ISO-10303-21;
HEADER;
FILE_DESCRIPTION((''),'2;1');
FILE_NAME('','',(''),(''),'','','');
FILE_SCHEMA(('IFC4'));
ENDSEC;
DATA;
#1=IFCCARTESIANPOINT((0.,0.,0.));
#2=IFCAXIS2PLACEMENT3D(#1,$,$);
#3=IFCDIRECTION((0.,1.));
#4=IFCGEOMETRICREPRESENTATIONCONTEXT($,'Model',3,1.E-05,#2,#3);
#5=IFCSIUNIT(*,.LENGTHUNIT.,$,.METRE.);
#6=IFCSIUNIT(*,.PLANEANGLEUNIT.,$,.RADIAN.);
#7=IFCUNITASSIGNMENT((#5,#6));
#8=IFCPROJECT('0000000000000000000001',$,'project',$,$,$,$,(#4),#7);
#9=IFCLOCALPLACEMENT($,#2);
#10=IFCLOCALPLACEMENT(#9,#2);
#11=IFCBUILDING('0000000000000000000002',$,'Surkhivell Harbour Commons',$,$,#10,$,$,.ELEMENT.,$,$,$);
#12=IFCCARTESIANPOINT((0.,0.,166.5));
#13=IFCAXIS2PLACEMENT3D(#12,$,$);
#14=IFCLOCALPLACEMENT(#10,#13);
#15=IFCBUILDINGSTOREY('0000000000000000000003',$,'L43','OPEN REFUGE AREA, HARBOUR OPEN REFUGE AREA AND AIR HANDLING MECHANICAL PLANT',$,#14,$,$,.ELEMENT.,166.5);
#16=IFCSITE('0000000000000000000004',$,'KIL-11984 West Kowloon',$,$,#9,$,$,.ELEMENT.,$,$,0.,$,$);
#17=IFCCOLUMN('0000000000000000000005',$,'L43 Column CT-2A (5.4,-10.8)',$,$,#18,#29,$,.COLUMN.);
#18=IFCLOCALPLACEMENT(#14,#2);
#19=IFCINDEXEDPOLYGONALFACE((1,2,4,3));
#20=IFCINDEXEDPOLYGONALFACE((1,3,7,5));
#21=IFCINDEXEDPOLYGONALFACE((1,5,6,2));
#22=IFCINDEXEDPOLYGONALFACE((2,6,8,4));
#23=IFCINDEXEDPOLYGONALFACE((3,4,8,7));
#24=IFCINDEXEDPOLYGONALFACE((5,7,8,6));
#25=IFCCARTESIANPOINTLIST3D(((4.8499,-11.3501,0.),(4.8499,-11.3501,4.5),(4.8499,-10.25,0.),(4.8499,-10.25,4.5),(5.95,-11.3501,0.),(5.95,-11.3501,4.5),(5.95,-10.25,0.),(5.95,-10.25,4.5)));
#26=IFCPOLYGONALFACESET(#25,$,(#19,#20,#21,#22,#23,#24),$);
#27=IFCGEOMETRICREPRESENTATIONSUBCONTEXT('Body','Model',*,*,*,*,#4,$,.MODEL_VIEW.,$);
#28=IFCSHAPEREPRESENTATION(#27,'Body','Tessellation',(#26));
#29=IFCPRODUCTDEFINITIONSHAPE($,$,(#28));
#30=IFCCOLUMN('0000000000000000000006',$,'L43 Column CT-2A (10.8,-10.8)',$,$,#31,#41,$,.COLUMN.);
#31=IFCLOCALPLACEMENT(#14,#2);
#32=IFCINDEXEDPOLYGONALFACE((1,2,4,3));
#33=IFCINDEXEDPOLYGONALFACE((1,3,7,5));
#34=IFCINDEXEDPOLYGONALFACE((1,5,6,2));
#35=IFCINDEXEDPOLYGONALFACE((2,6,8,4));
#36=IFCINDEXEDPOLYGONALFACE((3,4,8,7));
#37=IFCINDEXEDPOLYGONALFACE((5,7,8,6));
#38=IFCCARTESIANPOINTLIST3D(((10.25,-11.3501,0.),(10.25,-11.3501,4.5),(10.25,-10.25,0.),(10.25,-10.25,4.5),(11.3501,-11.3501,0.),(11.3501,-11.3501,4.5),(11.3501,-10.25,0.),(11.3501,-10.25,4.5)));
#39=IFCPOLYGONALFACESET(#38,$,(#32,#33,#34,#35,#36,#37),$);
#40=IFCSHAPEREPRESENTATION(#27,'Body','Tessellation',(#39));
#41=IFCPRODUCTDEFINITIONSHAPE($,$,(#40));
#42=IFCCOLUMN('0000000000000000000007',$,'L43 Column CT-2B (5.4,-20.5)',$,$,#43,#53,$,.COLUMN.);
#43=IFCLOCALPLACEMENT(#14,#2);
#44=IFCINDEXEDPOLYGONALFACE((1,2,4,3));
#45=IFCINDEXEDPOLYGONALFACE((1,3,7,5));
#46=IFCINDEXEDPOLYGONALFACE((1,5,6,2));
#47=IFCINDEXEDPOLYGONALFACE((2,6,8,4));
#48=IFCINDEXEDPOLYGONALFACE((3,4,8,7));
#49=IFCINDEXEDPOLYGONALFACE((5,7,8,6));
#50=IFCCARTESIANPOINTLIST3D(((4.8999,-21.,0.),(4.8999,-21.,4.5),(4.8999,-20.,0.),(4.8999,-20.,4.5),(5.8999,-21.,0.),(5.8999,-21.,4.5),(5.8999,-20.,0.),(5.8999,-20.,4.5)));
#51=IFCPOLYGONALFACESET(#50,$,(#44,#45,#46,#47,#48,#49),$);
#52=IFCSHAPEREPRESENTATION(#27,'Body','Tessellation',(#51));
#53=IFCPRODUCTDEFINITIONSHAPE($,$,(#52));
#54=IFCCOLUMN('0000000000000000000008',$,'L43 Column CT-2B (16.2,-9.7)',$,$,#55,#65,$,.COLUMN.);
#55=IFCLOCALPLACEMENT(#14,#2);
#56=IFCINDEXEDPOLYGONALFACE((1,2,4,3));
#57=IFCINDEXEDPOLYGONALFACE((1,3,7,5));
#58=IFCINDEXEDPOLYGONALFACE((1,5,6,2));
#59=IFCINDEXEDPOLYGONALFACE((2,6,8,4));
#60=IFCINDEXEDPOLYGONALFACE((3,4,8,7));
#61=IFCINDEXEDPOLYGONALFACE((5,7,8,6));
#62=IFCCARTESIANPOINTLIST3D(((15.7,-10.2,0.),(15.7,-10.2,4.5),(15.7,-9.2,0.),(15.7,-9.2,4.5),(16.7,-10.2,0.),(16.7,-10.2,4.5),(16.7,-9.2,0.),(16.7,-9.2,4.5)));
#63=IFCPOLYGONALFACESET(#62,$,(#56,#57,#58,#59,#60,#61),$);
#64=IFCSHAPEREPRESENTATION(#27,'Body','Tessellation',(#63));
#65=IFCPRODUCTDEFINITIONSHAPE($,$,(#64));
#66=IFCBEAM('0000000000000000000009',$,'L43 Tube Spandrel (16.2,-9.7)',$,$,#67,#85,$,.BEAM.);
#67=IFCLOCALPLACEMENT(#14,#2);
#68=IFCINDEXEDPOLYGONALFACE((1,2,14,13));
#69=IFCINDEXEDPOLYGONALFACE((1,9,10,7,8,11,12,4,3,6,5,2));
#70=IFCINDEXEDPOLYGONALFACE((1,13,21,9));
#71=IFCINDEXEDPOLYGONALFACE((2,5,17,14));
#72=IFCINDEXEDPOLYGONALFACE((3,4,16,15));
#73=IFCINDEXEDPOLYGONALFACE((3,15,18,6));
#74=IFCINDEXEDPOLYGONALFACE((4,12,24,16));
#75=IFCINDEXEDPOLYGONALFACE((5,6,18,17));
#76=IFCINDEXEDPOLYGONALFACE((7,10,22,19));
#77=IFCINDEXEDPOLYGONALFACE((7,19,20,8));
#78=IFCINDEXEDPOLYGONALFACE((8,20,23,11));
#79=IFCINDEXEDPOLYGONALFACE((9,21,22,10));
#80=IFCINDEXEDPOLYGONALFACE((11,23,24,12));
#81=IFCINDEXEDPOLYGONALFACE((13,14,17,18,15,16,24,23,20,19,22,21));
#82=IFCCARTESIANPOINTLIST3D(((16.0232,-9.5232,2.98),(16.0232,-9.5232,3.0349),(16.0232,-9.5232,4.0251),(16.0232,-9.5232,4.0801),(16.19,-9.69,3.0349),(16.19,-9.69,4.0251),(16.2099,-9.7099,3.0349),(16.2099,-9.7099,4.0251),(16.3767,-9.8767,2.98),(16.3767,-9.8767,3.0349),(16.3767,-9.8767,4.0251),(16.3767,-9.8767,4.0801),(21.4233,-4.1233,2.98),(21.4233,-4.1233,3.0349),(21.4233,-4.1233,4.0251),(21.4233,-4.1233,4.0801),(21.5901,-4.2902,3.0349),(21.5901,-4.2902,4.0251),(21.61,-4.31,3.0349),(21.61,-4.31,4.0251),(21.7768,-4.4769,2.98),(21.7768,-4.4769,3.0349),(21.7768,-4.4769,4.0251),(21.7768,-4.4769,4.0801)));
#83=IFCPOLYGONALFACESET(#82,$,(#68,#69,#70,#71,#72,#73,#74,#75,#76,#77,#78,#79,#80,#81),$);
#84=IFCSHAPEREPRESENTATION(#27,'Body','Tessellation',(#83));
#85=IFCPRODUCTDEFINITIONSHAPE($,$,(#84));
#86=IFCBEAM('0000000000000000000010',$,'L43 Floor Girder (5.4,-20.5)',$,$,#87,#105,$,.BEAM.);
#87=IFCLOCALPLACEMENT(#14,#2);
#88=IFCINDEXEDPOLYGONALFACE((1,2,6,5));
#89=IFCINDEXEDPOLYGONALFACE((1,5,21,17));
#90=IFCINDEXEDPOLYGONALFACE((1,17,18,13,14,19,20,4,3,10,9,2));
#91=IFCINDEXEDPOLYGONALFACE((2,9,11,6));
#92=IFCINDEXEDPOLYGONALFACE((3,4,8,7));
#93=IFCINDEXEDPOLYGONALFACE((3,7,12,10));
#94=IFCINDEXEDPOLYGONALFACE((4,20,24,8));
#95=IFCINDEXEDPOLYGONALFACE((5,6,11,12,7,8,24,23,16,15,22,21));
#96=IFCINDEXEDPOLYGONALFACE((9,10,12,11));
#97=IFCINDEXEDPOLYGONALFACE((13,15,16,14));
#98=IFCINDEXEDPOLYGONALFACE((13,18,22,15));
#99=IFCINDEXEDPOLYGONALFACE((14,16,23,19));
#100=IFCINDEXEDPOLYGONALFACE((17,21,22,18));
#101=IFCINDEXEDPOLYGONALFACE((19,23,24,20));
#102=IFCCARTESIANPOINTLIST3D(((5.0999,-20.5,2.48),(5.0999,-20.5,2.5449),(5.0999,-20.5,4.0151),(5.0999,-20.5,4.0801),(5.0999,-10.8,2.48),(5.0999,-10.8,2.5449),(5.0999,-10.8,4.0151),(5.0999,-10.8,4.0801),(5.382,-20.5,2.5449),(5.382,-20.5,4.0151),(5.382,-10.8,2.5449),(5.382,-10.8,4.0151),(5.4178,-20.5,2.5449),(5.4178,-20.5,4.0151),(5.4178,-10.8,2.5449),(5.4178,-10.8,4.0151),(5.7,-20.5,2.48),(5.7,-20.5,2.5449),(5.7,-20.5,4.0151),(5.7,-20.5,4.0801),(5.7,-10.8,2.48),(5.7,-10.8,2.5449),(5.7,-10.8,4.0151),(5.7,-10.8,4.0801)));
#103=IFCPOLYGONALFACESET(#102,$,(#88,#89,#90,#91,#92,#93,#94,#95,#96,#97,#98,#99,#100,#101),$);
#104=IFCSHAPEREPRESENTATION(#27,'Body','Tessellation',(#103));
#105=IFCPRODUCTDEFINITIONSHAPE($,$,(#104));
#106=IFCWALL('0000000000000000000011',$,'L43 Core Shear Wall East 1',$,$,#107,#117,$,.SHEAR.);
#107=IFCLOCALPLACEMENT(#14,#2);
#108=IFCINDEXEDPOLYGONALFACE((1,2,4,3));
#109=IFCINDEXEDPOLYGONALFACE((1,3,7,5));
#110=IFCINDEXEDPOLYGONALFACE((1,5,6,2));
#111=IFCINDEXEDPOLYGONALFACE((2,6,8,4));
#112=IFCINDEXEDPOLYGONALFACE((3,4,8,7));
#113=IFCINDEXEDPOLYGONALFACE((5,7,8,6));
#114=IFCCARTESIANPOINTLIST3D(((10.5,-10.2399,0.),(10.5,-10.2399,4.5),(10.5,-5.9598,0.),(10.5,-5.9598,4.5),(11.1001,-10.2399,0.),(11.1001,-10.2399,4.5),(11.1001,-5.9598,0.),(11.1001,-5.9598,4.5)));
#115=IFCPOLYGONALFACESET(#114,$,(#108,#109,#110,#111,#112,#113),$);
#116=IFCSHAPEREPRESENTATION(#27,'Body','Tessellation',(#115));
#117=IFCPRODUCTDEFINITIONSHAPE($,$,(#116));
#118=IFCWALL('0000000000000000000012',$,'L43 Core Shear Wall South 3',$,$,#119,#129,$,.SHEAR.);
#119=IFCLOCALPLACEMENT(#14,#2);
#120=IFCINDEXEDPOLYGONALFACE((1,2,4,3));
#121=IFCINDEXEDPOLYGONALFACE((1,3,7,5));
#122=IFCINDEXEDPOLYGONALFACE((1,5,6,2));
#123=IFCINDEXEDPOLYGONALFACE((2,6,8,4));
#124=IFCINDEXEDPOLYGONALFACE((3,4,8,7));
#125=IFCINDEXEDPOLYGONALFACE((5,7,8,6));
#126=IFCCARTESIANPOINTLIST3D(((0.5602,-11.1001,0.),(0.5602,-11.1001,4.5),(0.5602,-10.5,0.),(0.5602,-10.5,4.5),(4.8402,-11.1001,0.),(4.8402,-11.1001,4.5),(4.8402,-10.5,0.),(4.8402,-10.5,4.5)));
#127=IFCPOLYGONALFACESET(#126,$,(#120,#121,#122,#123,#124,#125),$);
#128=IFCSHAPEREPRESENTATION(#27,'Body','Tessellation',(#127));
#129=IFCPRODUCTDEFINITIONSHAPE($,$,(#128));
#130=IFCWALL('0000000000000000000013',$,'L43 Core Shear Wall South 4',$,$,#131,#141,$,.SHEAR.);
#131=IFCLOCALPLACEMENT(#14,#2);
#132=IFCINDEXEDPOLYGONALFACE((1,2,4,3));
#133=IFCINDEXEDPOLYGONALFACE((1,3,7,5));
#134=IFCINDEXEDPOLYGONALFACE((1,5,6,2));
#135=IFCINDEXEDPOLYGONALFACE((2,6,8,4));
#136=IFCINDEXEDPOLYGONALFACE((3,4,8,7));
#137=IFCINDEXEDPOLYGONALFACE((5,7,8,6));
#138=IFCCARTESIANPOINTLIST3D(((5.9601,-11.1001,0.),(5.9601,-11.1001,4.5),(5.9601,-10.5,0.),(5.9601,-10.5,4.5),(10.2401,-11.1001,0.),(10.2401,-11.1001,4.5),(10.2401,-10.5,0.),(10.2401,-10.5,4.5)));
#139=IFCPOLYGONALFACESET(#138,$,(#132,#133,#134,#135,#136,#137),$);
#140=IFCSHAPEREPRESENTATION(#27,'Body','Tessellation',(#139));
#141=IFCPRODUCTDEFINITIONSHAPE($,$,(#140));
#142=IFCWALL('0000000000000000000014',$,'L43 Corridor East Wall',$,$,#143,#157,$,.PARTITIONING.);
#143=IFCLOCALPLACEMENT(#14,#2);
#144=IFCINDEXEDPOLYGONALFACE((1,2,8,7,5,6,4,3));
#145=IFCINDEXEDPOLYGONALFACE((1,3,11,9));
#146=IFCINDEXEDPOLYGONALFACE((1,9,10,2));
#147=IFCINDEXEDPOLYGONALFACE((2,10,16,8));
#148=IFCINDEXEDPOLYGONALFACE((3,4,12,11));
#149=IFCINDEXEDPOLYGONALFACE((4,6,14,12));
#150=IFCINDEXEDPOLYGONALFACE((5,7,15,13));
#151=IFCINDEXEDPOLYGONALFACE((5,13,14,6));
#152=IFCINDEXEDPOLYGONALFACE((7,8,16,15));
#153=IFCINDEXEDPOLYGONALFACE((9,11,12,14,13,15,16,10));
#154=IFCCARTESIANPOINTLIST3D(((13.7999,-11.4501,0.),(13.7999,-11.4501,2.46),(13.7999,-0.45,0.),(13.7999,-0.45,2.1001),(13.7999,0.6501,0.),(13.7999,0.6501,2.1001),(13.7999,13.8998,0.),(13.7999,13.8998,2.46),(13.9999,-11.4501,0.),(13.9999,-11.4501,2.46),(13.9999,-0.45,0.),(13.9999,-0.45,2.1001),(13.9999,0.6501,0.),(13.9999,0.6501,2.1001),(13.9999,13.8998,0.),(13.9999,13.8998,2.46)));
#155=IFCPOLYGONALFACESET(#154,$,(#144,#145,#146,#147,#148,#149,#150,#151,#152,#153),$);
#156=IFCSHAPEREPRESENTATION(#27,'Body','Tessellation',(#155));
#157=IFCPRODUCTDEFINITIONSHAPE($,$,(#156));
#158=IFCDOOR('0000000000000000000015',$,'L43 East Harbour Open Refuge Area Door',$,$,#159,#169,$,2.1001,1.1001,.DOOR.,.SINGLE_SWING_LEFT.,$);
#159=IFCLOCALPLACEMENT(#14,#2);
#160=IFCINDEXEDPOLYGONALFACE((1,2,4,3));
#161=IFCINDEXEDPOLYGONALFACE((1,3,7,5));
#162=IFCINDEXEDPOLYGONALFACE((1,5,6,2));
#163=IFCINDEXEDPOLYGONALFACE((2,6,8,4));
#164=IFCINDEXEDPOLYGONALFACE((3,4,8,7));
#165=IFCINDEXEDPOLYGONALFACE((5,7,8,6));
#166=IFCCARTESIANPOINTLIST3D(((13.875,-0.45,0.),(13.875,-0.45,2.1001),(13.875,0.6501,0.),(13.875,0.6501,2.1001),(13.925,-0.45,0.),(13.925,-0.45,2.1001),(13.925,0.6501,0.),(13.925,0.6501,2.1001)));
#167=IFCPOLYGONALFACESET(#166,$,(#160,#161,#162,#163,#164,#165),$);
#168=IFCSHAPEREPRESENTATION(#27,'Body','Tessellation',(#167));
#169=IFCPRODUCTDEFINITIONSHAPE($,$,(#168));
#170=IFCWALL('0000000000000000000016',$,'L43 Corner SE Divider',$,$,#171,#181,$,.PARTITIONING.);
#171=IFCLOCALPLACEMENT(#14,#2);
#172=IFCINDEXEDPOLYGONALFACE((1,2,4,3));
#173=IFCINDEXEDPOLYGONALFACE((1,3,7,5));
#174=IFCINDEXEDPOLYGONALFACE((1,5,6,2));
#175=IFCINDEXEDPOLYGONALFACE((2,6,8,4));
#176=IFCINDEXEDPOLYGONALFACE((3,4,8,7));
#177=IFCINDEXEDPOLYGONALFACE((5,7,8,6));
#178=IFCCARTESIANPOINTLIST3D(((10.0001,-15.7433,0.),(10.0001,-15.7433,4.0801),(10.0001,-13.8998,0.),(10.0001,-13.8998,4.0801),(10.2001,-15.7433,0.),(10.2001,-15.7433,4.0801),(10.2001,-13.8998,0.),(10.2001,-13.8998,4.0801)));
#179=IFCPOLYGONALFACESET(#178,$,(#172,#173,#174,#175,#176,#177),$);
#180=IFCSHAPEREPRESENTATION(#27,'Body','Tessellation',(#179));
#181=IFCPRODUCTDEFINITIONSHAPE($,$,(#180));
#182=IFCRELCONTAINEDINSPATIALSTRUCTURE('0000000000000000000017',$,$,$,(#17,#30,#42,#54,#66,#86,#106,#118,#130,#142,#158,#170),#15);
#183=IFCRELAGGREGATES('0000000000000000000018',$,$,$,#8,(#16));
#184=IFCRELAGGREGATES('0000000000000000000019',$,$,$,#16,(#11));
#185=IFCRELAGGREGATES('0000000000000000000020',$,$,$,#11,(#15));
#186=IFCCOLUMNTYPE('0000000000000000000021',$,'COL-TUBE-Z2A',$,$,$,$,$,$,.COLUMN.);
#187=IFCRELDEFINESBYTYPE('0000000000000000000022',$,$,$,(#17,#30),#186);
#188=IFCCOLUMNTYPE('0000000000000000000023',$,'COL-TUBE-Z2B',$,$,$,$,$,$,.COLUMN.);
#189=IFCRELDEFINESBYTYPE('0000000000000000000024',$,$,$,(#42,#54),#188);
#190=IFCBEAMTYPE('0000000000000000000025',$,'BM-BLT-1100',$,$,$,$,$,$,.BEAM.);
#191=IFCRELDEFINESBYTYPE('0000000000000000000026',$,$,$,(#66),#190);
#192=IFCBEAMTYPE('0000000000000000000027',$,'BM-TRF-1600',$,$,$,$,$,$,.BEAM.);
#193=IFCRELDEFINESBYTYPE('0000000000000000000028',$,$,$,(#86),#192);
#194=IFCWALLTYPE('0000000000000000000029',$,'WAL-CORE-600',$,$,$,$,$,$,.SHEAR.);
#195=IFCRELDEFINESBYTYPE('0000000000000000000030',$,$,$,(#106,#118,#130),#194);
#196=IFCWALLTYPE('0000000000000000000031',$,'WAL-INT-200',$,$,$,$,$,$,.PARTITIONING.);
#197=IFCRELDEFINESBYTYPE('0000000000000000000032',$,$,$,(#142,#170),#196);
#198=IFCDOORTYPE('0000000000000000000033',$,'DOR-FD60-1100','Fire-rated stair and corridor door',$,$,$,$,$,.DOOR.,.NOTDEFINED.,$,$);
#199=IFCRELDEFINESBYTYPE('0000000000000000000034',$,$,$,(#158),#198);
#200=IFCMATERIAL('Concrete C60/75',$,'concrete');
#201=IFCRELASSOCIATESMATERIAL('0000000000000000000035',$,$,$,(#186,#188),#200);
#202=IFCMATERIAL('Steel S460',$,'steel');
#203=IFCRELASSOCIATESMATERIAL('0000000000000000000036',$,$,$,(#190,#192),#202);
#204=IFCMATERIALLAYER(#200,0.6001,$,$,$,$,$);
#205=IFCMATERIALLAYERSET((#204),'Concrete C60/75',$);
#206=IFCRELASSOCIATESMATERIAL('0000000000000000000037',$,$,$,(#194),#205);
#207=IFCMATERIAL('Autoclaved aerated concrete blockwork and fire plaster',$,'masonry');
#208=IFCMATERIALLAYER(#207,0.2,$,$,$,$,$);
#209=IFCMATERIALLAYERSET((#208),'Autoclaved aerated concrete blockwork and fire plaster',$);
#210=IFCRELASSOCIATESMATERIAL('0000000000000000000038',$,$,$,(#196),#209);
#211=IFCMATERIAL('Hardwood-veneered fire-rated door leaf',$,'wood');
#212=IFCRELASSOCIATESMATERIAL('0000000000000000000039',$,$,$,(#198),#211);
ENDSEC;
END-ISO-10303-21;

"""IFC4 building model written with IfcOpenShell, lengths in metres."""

from ifc_helpers import new_model, si_unit, direction, frame, frame_2d, origin, origin_2d, place, context, subcontext, project, spatial, rectangle, i_section, extrude, material, layer, layer_set, material_profile, profile_set, type_object, element, fill, save


model = new_model("IFC4")

# Units and contexts
model_context = context("Model", 3, precision=1e-05, world=origin(), true_north=direction((0.0, 1.0)))
body_context = subcontext(model_context, "Body", "Model", "MODEL_VIEW")
ifc_project = project(units=[si_unit("LENGTHUNIT", "METRE"), si_unit("PLANEANGLEUNIT", "RADIAN")], contexts=[model_context])

# Site, building, storey
site_placement = place(None, origin())
site = spatial("IfcSite", under=ifc_project, at=site_placement, Name="KIL-11984 West Kowloon", CompositionType="ELEMENT", RefElevation=0.0)
building_placement = place(site_placement, origin())
building = spatial("IfcBuilding", under=site, at=building_placement, Name="Surkhivell Harbour Commons", CompositionType="ELEMENT")
storey_placement = place(building_placement, frame((0.0, 0.0, 166.5)))
storey = spatial("IfcBuildingStorey", under=building, at=storey_placement, Name="L43", Description="OPEN REFUGE AREA, HARBOUR OPEN REFUGE AREA AND AIR HANDLING MECHANICAL PLANT", CompositionType="ELEMENT", Elevation=166.5)

# Columns
ifc_material_1 = material(Name="Concrete C60/75", Category="concrete")
ifc_material_profile_1 = material_profile(ifc_material_1, rectangle(XDim=1.1001, YDim=1.1001, at=origin_2d()), Name="RC-COL-1100x1100")
ifc_profile_set_1 = profile_set([ifc_material_profile_1], Name="Concrete C60/75")
column_type_1 = type_object("IfcColumnType", Name="COL-TUBE-Z2A", PredefinedType="COLUMN", material=ifc_profile_set_1)
for number, where, z_axis, x_axis, name in (
    (1, (5.3999, -10.8, 0.0), (0.0, 0.0, 1.0), (1.0, 0.0, 0.0), "L43 Column CT-2A (5.4,-10.8)"),
    (2, (10.8, -10.8, 0.0), (0.0, 0.0, 1.0), (1.0, 0.0, 0.0), "L43 Column CT-2A (10.8,-10.8)"),
):
    element("IfcColumn", number, at=place(storey_placement, frame(where, z_axis=z_axis, x_axis=x_axis)), inside=storey, type_object=column_type_1, Name=name, PredefinedType="COLUMN", context=body_context, shape_type="SweptSolid", body=[
        extrude(rectangle(XDim=1.1001, YDim=1.1001, at=origin_2d()), origin(), (0.0, 0.0, 1.0), 4.5),
    ])
ifc_material_profile_2 = material_profile(ifc_material_1, rectangle(XDim=1.0, YDim=1.0, at=origin_2d()), Name="RC-COL-1000x1000")
ifc_profile_set_2 = profile_set([ifc_material_profile_2], Name="Concrete C60/75")
column_type_2 = type_object("IfcColumnType", Name="COL-TUBE-Z2B", PredefinedType="COLUMN", material=ifc_profile_set_2)
for number, where, z_axis, x_axis, name in (
    (3, (5.3999, -20.5, 0.0), (0.0, 0.0, 1.0), (1.0, 0.0, 0.0), "L43 Column CT-2B (5.4,-20.5)"),
    (4, (16.2, -9.7, 0.0), (0.0, 0.0, 1.0), (1.0, 0.0, 0.0), "L43 Column CT-2B (16.2,-9.7)"),
):
    element("IfcColumn", number, at=place(storey_placement, frame(where, z_axis=z_axis, x_axis=x_axis)), inside=storey, type_object=column_type_2, Name=name, PredefinedType="COLUMN", context=body_context, shape_type="SweptSolid", body=[
        extrude(rectangle(XDim=1.0, YDim=1.0, at=origin_2d()), origin(), (0.0, 0.0, 1.0), 4.5),
    ])

# Beams
ifc_material_2 = material(Name="Steel S460", Category="steel")
ifc_material_profile_3 = material_profile(ifc_material_2, i_section(OverallWidth=0.5, OverallDepth=1.1001, WebThickness=0.0281, FlangeThickness=0.0549, at=origin_2d()), Name="WPG1100x500x210")
ifc_profile_set_3 = profile_set([ifc_material_profile_3], Name="Steel S460")
beam_type_1 = type_object("IfcBeamType", Name="BM-BLT-1100", PredefinedType="BEAM", material=ifc_profile_set_3)
beam_1_placement = place(storey_placement, frame((16.2, -9.7, 3.53), z_axis=(0.707123, 0.707091, 0.0), x_axis=(-0.707091, 0.707123, 0.0)))
element("IfcBeam", 5, at=beam_1_placement, inside=storey, type_object=beam_type_1, Name="L43 Tube Spandrel (16.2,-9.7)", PredefinedType="BEAM", context=body_context, shape_type="SweptSolid", body=[
    extrude(i_section(OverallWidth=0.5, OverallDepth=1.1001, WebThickness=0.0281, FlangeThickness=0.0549, at=origin_2d()), origin(), (0.0, 0.0, 1.0), 7.6367),
])
ifc_material_profile_4 = material_profile(ifc_material_2, i_section(OverallWidth=0.6001, OverallDepth=1.6001, WebThickness=0.0359, FlangeThickness=0.0649, at=origin_2d()), Name="WPG1600x600x296")
ifc_profile_set_4 = profile_set([ifc_material_profile_4], Name="Steel S460")
beam_type_2 = type_object("IfcBeamType", Name="BM-TRF-1600", PredefinedType="BEAM", material=ifc_profile_set_4)
beam_2_placement = place(storey_placement, frame((5.3999, -20.5, 3.28), z_axis=(0.0, 1.0, 0.0), x_axis=(-1.0, 0.0, 0.0)))
element("IfcBeam", 6, at=beam_2_placement, inside=storey, type_object=beam_type_2, Name="L43 Floor Girder (5.4,-20.5)", PredefinedType="BEAM", context=body_context, shape_type="SweptSolid", body=[
    extrude(i_section(OverallWidth=0.6001, OverallDepth=1.6001, WebThickness=0.0359, FlangeThickness=0.0649, at=origin_2d()), origin(), (0.0, 0.0, 1.0), 9.7),
])

# Walls
ifc_layer_1 = layer(ifc_material_1, 0.6001)
ifc_layer_set_1 = layer_set([ifc_layer_1], Name="Concrete C60/75")
wall_type_1 = type_object("IfcWallType", Name="WAL-CORE-600", PredefinedType="SHEAR", material=ifc_layer_set_1)
for number, where, z_axis, x_axis, name in (
    (7, (10.8, -10.24, 0.0), (0.0, 0.0, 1.0), (0.0, 1.0, 0.0), "L43 Core Shear Wall East 1"),
    (8, (0.5601, -10.8, 0.0), (0.0, 0.0, 1.0), (1.0, 0.0, 0.0), "L43 Core Shear Wall South 3"),
    (9, (5.96, -10.8, 0.0), (0.0, 0.0, 1.0), (1.0, 0.0, 0.0), "L43 Core Shear Wall South 4"),
):
    element("IfcWall", number, at=place(storey_placement, frame(where, z_axis=z_axis, x_axis=x_axis)), inside=storey, type_object=wall_type_1, Name=name, PredefinedType="SHEAR", context=body_context, shape_type="SweptSolid", body=[
        extrude(rectangle(XDim=4.28, YDim=0.6001, at=frame_2d((2.1401, 0.0))), origin(), (0.0, 0.0, 1.0), 4.5),
    ])

# Wall, opening, door
ifc_material_3 = material(Name="Autoclaved aerated concrete blockwork and fire plaster", Category="masonry")
ifc_layer_2 = layer(ifc_material_3, 0.2)
ifc_layer_set_2 = layer_set([ifc_layer_2], Name="Autoclaved aerated concrete blockwork and fire plaster")
wall_type_2 = type_object("IfcWallType", Name="WAL-INT-200", PredefinedType="PARTITIONING", material=ifc_layer_set_2)
wall_1_placement = place(storey_placement, frame((13.8999, -11.45, 0.0), z_axis=(0.0, 0.0, 1.0), x_axis=(0.0, 1.0, 0.0)))
wall_1 = element("IfcWall", 10, at=wall_1_placement, inside=storey, type_object=wall_type_2, Name="L43 Corridor East Wall", PredefinedType="PARTITIONING", context=body_context, shape_type="SweptSolid", body=[
    extrude(rectangle(XDim=25.3499, YDim=0.2, at=frame_2d((12.6748, 0.0))), origin(), (0.0, 0.0, 1.0), 2.46),
])
opening_placement = place(wall_1_placement, frame((11.0, 0.0, 0.0)))
opening = element("IfcOpeningElement", 11, at=opening_placement, cuts=wall_1, PredefinedType="OPENING", context=body_context, shape_type="SweptSolid", body=[
    extrude(rectangle(XDim=1.1001, YDim=2.1001, at=frame_2d((0.55, 1.05))), frame((0.0, 0.1099, 0.0), z_axis=(0.0, -1.0, 0.0), x_axis=(1.0, 0.0, 0.0)), (0.0, 0.0, 1.0), 0.22),
])
ifc_material_4 = material(Name="Hardwood-veneered fire-rated door leaf", Category="wood")
door_type = type_object("IfcDoorType", Name="DOR-FD60-1100", Description="Fire-rated stair and corridor door", OperationType="NOTDEFINED", PredefinedType="DOOR", material=ifc_material_4)
door_placement = place(opening_placement, origin())
door = element("IfcDoor", 12, at=door_placement, inside=storey, type_object=door_type, Name="L43 East Harbour Open Refuge Area Door", OperationType="SINGLE_SWING_LEFT", OverallHeight=2.1001, OverallWidth=1.1001, PredefinedType="DOOR", context=body_context, shape_type="SweptSolid", body=[
    extrude(rectangle(XDim=1.1001, YDim=2.1001, at=frame_2d((0.55, 1.05))), frame((0.0, 0.0249, 0.0), z_axis=(0.0, -1.0, 0.0), x_axis=(1.0, 0.0, 0.0)), (0.0, 0.0, 1.0), 0.05),
])
fill(opening, door)

# Wall
wall_2_placement = place(storey_placement, frame((10.1001, -15.7434, 0.0), z_axis=(0.0, 0.0, 1.0), x_axis=(0.0, 1.0, 0.0)))
element("IfcWall", 13, at=wall_2_placement, inside=storey, type_object=wall_type_2, Name="L43 Corner SE Divider", PredefinedType="PARTITIONING", context=body_context, shape_type="SweptSolid", body=[
    extrude(rectangle(XDim=1.8435, YDim=0.2, at=frame_2d((0.9219, 0.0))), origin(), (0.0, 0.0, 1.0), 4.0801),
])

save(model, "model.ifc")
